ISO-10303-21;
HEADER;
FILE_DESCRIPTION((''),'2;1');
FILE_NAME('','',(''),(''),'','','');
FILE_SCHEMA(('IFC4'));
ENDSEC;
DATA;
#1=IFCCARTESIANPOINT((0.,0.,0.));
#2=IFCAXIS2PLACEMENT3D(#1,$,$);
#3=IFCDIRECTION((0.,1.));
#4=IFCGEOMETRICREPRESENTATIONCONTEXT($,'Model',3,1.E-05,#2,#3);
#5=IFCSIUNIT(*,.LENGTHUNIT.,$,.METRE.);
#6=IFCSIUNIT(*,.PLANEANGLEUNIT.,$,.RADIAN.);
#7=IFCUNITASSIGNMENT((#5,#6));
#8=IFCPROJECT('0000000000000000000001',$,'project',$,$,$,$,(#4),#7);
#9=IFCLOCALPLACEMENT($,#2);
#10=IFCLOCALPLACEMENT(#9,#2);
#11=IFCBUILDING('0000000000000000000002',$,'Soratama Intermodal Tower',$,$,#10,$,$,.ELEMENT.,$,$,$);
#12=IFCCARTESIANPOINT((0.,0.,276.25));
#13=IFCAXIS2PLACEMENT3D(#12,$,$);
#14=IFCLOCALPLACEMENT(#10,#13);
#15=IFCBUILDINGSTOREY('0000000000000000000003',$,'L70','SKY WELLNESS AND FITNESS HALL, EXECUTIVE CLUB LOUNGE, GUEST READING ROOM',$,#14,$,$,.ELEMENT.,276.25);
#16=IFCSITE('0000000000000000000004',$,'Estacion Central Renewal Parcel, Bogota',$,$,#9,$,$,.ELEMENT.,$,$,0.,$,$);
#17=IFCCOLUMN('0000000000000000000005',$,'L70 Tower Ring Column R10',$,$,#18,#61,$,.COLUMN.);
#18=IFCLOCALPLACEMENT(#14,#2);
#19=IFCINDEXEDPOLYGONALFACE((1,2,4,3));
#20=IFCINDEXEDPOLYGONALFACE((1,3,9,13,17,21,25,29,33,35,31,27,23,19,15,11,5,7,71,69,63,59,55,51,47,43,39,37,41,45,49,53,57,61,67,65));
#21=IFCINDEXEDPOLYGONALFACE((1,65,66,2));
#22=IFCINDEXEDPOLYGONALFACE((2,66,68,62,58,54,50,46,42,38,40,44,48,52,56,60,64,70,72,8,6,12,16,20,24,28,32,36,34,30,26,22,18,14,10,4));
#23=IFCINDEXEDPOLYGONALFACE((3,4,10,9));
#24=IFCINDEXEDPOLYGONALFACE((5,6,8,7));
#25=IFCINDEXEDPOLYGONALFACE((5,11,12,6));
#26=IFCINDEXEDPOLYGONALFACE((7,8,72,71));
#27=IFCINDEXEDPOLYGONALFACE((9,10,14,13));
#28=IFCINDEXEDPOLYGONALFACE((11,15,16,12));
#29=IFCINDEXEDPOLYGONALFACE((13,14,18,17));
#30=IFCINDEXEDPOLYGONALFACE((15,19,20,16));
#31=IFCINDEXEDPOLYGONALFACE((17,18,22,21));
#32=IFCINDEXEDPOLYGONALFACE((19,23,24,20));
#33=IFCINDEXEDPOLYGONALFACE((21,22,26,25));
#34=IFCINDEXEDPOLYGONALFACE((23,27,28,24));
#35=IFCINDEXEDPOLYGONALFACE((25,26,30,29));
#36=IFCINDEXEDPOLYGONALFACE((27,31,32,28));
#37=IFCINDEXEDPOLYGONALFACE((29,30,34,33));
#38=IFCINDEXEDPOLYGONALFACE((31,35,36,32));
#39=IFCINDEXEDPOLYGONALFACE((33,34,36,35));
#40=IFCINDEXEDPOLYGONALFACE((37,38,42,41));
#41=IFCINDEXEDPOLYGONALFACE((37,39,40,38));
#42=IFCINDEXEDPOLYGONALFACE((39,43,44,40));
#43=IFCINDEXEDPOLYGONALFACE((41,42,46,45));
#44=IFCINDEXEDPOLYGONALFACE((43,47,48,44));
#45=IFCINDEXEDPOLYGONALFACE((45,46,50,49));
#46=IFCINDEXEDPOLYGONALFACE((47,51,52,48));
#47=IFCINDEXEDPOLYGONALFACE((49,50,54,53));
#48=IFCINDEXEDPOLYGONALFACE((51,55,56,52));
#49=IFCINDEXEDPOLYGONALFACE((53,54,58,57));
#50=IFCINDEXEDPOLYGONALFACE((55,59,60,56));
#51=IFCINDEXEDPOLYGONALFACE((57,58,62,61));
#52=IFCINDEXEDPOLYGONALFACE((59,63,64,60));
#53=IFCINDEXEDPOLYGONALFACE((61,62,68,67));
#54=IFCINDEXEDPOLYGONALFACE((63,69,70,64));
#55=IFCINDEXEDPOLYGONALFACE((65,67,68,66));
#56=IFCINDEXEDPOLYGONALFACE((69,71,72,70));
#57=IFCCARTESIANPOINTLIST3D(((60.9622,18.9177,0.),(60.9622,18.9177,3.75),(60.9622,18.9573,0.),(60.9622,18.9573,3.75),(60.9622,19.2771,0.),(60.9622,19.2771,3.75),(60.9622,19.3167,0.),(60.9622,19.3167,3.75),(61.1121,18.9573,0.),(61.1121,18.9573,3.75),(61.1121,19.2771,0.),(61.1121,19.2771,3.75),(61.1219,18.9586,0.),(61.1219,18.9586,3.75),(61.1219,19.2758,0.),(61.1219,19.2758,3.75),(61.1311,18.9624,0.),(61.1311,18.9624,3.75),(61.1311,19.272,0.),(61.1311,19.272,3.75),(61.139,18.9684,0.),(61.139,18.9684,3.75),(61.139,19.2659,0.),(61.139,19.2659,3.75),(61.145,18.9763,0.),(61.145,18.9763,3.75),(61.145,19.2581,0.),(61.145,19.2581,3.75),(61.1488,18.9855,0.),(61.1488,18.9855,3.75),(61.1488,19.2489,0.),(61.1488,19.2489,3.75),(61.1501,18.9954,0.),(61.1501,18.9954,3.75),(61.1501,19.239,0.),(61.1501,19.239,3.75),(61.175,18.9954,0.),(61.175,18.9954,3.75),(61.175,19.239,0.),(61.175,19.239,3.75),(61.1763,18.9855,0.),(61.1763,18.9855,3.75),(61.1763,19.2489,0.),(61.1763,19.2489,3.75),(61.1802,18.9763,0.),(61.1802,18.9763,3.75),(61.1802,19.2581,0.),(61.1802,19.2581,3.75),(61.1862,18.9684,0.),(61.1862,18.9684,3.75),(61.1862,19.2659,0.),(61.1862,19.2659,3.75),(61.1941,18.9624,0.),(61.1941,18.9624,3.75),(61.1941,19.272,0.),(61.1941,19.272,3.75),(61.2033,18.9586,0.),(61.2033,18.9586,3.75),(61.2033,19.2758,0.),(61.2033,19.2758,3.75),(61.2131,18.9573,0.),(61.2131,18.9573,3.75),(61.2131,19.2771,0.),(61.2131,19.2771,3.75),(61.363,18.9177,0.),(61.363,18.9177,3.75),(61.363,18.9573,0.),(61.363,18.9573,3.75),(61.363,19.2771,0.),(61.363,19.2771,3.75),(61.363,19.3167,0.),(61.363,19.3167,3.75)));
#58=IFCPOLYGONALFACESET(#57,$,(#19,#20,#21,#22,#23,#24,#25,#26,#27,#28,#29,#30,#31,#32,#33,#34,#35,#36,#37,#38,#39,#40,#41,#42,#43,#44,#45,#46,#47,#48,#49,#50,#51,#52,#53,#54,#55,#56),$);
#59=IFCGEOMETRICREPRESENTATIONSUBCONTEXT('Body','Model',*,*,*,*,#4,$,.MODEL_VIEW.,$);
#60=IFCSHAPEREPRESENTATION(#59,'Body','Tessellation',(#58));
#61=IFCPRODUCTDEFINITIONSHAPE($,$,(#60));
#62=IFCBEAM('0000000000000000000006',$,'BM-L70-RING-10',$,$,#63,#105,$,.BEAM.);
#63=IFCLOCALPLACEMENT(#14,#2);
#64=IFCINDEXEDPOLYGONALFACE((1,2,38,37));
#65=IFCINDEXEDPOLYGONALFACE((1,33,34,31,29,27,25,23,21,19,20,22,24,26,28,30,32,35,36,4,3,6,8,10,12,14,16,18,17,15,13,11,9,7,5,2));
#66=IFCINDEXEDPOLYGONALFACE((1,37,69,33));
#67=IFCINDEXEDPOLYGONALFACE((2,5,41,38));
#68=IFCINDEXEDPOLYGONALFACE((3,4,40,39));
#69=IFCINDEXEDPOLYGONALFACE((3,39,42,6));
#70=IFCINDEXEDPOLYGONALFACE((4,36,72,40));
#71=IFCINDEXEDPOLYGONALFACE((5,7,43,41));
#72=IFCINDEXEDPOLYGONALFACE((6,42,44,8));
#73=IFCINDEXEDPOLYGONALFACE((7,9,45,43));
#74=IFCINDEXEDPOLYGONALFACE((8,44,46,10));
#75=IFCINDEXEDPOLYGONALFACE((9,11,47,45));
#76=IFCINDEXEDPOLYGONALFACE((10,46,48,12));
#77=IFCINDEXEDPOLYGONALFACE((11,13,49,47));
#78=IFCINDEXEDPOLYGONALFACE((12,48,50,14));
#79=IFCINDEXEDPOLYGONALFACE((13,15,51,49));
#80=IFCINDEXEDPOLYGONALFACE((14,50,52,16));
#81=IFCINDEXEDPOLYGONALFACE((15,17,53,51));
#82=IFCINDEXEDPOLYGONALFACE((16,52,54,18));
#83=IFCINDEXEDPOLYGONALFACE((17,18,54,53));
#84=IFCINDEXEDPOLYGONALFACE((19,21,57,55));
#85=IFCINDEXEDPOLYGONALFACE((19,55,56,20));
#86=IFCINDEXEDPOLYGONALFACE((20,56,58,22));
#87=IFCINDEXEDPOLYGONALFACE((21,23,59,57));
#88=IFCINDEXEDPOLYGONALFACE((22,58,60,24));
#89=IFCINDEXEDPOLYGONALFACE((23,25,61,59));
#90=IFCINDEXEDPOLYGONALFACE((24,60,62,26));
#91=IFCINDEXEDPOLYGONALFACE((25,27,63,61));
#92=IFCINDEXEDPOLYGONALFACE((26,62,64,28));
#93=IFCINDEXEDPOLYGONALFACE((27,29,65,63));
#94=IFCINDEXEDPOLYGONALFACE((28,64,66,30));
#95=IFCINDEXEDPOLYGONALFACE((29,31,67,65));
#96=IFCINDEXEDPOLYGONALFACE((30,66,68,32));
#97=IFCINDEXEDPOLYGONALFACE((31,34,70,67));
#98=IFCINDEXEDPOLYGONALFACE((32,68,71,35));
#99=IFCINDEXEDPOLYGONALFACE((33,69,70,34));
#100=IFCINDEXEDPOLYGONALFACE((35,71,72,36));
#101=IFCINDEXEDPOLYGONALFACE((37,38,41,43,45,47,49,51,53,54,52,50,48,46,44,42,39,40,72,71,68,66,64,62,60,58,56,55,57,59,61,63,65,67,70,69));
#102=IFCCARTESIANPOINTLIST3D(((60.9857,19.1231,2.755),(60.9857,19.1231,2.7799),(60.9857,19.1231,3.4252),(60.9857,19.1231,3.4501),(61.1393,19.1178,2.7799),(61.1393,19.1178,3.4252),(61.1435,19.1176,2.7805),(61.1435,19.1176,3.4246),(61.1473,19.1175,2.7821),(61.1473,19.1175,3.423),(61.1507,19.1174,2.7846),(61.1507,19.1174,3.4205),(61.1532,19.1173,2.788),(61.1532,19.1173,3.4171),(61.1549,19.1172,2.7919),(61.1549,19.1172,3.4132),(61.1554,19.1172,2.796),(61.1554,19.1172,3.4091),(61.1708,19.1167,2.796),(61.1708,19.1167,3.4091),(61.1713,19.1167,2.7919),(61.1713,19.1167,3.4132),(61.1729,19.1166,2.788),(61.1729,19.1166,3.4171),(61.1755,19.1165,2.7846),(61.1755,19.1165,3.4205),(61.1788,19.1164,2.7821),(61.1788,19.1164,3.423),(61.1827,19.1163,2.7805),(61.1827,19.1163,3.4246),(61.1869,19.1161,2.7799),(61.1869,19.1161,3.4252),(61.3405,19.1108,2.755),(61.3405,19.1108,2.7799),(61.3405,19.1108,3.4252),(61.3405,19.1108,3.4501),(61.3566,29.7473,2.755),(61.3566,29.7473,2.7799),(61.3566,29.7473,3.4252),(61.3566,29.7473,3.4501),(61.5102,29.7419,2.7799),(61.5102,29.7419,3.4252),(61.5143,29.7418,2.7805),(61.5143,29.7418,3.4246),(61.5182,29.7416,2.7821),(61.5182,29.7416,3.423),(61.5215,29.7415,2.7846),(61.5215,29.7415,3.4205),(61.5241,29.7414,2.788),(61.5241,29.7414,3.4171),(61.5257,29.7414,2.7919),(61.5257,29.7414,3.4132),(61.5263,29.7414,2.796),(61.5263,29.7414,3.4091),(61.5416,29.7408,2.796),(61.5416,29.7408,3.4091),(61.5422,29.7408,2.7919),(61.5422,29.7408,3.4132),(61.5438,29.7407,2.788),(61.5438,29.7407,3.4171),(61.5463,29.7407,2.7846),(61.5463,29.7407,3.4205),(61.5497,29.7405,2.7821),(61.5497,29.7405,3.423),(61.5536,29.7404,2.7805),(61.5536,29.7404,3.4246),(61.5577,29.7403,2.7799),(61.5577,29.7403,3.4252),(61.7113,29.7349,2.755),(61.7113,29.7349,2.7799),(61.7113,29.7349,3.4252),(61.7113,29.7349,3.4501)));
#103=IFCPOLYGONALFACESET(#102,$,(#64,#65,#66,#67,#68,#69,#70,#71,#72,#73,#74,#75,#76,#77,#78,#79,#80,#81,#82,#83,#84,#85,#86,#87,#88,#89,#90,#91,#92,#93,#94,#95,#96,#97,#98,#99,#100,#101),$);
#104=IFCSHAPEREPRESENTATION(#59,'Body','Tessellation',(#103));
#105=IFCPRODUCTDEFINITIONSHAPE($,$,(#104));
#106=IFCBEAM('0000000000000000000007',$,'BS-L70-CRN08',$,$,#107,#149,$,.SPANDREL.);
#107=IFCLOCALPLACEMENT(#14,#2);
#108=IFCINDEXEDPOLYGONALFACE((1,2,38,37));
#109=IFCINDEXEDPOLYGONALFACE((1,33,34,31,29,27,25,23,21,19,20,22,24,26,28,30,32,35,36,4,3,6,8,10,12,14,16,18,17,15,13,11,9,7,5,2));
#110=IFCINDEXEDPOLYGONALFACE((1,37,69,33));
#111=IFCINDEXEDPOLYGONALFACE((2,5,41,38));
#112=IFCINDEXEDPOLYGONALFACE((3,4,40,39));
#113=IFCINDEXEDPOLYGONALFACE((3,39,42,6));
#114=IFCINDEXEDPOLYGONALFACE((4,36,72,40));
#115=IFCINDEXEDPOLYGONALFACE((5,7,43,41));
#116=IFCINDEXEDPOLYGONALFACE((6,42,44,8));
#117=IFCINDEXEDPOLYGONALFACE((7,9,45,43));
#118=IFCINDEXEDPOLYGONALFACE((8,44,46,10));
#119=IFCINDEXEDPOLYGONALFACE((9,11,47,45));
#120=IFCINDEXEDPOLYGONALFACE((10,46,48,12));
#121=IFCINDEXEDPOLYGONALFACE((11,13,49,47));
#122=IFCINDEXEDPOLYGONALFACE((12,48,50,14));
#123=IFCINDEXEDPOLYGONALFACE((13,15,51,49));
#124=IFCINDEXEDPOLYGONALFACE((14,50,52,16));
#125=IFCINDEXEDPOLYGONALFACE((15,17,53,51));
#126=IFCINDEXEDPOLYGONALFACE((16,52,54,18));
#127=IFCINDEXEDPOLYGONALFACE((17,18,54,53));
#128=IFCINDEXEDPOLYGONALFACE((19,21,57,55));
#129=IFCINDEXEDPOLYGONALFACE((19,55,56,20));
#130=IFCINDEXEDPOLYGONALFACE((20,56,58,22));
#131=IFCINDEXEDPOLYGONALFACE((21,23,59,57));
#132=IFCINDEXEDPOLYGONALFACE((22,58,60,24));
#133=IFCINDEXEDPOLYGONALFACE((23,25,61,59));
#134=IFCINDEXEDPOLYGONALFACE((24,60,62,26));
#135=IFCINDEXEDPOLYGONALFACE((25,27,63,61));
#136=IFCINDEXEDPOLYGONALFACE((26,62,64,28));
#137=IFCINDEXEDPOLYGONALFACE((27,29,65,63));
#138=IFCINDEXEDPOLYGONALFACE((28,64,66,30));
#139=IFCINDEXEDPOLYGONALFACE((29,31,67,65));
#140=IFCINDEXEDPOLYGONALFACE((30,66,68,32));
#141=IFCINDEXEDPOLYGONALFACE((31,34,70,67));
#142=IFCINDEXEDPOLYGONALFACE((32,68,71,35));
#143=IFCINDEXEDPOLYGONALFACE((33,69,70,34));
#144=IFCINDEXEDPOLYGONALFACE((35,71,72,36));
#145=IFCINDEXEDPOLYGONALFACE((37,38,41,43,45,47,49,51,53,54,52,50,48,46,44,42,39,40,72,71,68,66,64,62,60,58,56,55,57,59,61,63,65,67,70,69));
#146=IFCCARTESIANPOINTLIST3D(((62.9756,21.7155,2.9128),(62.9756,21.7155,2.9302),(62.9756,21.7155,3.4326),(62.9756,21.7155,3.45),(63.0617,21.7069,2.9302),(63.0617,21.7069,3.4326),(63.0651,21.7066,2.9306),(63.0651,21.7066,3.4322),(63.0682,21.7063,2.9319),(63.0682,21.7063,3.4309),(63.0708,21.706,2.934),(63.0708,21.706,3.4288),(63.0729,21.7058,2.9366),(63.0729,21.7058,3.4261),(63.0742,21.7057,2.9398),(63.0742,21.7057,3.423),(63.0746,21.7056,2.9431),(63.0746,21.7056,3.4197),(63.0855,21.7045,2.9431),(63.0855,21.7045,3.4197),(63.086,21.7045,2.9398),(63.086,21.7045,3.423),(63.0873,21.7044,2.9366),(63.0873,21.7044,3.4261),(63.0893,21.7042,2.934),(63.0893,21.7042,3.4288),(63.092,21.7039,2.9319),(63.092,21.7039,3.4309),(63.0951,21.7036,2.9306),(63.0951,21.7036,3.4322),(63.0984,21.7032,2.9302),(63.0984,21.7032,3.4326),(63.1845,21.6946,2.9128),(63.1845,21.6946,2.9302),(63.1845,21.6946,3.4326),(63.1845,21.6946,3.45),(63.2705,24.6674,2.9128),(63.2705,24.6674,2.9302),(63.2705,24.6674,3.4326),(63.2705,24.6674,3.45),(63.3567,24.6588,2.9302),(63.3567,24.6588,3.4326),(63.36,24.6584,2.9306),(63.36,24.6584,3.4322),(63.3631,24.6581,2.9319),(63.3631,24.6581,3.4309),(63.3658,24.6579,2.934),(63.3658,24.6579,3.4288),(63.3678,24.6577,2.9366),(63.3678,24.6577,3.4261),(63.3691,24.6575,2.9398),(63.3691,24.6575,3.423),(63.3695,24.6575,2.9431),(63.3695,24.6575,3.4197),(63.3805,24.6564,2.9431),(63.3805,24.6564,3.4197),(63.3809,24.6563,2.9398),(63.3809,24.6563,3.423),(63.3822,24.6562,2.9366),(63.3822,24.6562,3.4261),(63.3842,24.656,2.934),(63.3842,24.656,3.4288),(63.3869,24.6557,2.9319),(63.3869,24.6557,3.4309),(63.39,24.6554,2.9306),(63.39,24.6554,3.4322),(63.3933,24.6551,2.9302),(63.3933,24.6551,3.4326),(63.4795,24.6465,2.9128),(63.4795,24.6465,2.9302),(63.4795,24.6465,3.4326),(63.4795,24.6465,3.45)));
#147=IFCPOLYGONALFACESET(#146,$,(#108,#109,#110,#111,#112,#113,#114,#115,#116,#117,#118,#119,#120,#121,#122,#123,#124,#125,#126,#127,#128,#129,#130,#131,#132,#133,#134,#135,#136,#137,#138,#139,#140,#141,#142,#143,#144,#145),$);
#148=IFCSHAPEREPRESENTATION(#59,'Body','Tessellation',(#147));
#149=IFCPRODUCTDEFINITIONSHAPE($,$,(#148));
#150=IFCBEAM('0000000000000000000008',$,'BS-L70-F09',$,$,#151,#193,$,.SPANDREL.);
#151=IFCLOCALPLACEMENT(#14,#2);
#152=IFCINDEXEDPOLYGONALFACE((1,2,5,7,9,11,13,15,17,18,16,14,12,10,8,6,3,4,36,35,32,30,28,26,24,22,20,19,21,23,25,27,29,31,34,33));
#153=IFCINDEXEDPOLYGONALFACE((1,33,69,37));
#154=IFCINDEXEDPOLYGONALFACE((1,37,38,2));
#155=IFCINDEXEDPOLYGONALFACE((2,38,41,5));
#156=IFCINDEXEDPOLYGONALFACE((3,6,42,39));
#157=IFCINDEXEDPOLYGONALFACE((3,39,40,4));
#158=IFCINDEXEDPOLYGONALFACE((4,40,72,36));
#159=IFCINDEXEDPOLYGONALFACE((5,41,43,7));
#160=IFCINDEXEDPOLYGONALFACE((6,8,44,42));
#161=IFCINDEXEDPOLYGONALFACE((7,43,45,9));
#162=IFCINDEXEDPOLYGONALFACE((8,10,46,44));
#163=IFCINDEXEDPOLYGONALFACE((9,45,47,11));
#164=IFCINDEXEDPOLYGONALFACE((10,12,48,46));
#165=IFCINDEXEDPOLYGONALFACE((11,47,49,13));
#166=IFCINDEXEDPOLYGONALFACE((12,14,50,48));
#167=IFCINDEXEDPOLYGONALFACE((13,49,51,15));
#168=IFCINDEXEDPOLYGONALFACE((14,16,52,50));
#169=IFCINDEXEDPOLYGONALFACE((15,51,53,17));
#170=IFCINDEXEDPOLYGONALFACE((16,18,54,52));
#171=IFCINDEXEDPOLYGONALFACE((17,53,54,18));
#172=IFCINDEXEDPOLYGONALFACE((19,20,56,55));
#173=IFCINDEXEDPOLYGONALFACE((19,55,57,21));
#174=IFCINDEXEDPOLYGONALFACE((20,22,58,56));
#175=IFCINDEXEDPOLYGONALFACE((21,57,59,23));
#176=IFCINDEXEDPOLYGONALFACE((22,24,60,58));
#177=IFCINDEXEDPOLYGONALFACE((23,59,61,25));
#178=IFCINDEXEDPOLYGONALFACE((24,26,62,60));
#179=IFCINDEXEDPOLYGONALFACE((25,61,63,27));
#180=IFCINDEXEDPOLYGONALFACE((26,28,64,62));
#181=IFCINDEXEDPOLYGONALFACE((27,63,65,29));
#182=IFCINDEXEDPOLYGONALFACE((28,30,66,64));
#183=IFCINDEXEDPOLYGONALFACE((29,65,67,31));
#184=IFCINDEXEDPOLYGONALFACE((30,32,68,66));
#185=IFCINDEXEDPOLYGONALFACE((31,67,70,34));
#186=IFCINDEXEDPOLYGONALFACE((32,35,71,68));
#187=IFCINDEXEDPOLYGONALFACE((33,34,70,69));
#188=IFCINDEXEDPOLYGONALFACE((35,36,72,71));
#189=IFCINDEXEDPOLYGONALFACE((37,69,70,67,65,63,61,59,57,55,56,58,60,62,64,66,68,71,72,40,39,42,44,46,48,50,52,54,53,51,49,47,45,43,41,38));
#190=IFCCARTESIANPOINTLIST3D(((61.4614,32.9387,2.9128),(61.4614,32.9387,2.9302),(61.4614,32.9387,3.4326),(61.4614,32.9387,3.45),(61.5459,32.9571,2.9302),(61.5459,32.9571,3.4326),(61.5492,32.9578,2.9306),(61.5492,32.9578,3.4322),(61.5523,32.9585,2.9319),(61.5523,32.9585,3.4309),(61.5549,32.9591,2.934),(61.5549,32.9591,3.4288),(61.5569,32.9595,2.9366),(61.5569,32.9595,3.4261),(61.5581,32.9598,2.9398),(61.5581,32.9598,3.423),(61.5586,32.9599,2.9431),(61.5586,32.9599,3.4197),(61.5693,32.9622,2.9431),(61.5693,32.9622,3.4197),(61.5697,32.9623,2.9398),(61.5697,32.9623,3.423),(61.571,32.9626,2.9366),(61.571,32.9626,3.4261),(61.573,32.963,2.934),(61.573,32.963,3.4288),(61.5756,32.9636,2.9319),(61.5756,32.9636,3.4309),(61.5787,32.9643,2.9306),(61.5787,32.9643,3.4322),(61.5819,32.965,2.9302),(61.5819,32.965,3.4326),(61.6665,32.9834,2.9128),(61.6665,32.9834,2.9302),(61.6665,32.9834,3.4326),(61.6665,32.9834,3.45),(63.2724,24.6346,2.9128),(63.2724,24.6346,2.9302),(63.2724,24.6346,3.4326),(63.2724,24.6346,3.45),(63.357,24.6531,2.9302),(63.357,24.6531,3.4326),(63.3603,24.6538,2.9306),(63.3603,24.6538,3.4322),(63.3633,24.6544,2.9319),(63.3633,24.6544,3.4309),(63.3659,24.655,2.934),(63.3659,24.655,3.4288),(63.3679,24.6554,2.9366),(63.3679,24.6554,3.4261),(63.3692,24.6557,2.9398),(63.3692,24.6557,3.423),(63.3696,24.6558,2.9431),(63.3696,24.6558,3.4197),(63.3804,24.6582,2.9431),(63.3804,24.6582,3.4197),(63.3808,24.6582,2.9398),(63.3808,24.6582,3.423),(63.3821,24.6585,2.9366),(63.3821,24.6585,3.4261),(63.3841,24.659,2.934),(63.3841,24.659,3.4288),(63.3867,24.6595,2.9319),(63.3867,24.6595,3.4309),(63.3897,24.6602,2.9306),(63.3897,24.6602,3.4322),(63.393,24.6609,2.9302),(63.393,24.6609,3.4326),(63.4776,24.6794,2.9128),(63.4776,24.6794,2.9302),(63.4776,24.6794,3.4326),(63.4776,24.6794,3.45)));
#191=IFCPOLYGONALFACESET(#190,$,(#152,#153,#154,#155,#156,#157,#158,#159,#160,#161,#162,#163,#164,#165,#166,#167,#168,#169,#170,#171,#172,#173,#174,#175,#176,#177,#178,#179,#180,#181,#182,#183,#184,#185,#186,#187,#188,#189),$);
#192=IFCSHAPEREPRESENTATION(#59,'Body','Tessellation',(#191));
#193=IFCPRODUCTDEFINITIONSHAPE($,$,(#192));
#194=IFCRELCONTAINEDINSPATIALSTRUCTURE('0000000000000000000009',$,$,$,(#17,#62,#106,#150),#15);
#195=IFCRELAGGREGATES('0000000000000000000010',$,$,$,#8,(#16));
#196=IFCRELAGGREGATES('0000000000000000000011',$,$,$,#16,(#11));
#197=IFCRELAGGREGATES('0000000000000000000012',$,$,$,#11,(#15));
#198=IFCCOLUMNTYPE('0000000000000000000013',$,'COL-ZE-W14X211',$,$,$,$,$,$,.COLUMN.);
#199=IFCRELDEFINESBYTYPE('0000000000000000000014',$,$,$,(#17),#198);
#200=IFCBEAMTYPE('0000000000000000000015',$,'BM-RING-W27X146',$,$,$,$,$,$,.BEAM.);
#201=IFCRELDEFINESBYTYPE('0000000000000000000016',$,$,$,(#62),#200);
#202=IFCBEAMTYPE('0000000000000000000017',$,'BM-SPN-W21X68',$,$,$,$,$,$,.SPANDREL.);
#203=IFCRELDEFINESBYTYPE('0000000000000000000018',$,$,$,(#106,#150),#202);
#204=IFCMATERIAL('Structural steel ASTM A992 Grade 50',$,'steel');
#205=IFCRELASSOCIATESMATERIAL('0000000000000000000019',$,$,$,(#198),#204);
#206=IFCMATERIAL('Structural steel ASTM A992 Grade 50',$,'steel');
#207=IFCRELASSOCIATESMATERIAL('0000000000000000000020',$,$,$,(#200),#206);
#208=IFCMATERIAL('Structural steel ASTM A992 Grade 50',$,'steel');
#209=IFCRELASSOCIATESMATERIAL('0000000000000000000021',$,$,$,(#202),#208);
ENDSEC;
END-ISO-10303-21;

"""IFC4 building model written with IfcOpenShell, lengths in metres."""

from ifc_helpers import new_model, si_unit, direction, frame, origin, origin_2d, place, context, subcontext, project, spatial, i_section, extrude, material, material_profile, profile_set, type_object, element, save


model = new_model("IFC4")

# Units and contexts
model_context = context("Model", 3, precision=1e-05, world=origin(), true_north=direction((0.0, 1.0)))
body_context = subcontext(model_context, "Body", "Model", "MODEL_VIEW")
ifc_project = project(units=[si_unit("LENGTHUNIT", "METRE"), si_unit("PLANEANGLEUNIT", "RADIAN")], contexts=[model_context])

# Site, building, storey
site_placement = place(None, origin())
site = spatial("IfcSite", under=ifc_project, at=site_placement, Name="Estacion Central Renewal Parcel, Bogota", CompositionType="ELEMENT", RefElevation=0.0)
building_placement = place(site_placement, origin())
building = spatial("IfcBuilding", under=site, at=building_placement, Name="Soratama Intermodal Tower", CompositionType="ELEMENT")
storey_placement = place(building_placement, frame((0.0, 0.0, 276.25)))
storey = spatial("IfcBuildingStorey", under=building, at=storey_placement, Name="L70", Description="SKY WELLNESS AND FITNESS HALL, EXECUTIVE CLUB LOUNGE, GUEST READING ROOM", CompositionType="ELEMENT", Elevation=276.25)

# Column
ifc_material_1 = material(Name="Structural steel ASTM A992 Grade 50", Category="steel")
ifc_material_profile_1 = material_profile(ifc_material_1, i_section(OverallWidth=0.4009, OverallDepth=0.3989, WebThickness=0.0249, FlangeThickness=0.0396, FilletRadius=0.0381, at=origin_2d()), Name="W14X211")
ifc_profile_set_1 = profile_set([ifc_material_profile_1], Name="Structural steel ASTM A992 Grade 50")
column_type = type_object("IfcColumnType", Name="COL-ZE-W14X211", PredefinedType="COLUMN", material=ifc_profile_set_1)
column_placement = place(storey_placement, frame((61.1626, 19.1172, 0.0), z_axis=(0.0, 0.0, 1.0), x_axis=(1.0, 0.0, 0.0)))
element("IfcColumn", 1, at=column_placement, inside=storey, type_object=column_type, Name="L70 Tower Ring Column R10", PredefinedType="COLUMN", context=body_context, shape_type="SweptSolid", body=[
    extrude(i_section(OverallWidth=0.4009, OverallDepth=0.3989, WebThickness=0.0249, FlangeThickness=0.0396, FilletRadius=0.0381, at=origin_2d()), origin(), (0.0, 0.0, 1.0), 3.75),
])

# Beams
ifc_material_2 = material(Name="Structural steel ASTM A992 Grade 50", Category="steel")
ifc_material_profile_2 = material_profile(ifc_material_2, i_section(OverallWidth=0.355, OverallDepth=0.6951, WebThickness=0.0154, FlangeThickness=0.0249, FilletRadius=0.0161, at=origin_2d()), Name="W27X146")
ifc_profile_set_2 = profile_set([ifc_material_profile_2], Name="Structural steel ASTM A992 Grade 50")
beam_type_1 = type_object("IfcBeamType", Name="BM-RING-W27X146", PredefinedType="BEAM", material=ifc_profile_set_2)
beam_1_placement = place(storey_placement, frame((61.1631, 19.1169, 3.1025), z_axis=(0.034885, 0.999391, 0.0), x_axis=(-0.999391, 0.034885, 0.0)))
element("IfcBeam", 2, at=beam_1_placement, inside=storey, type_object=beam_type_1, Name="BM-L70-RING-10", PredefinedType="BEAM", context=body_context, shape_type="SweptSolid", body=[
    extrude(i_section(OverallWidth=0.355, OverallDepth=0.6951, WebThickness=0.0154, FlangeThickness=0.0249, FilletRadius=0.0161, at=origin_2d()), origin(), (0.0, 0.0, 1.0), 10.6306),
])
ifc_material_3 = material(Name="Structural steel ASTM A992 Grade 50", Category="steel")
ifc_material_profile_3 = material_profile(ifc_material_3, i_section(OverallWidth=0.21, OverallDepth=0.5371, WebThickness=0.011, FlangeThickness=0.0173, FilletRadius=0.0129, at=origin_2d()), Name="W21X68")
ifc_profile_set_3 = profile_set([ifc_material_profile_3], Name="Structural steel ASTM A992 Grade 50")
beam_type_2 = type_object("IfcBeamType", Name="BM-SPN-W21X68", PredefinedType="SPANDREL", material=ifc_profile_set_3)
beam_2_placement = place(storey_placement, frame((63.0801, 21.7051, 3.1814), z_axis=(0.099414, 0.995046, 0.0), x_axis=(-0.995046, 0.099414, 0.0)))
element("IfcBeam", 3, at=beam_2_placement, inside=storey, type_object=beam_type_2, Name="BS-L70-CRN08", PredefinedType="SPANDREL", context=body_context, shape_type="SweptSolid", body=[
    extrude(i_section(OverallWidth=0.21, OverallDepth=0.5371, WebThickness=0.011, FlangeThickness=0.0173, FilletRadius=0.0129, at=origin_2d()), origin(), (0.0, 0.0, 1.0), 2.9666),
])
beam_3_placement = place(storey_placement, frame((63.375, 24.657, 3.1814), z_axis=(-0.213084, 0.977034, 0.0), x_axis=(-0.977034, -0.213084, 0.0)))
element("IfcBeam", 4, at=beam_3_placement, inside=storey, type_object=beam_type_2, Name="BS-L70-F09", PredefinedType="SPANDREL", context=body_context, shape_type="SweptSolid", body=[
    extrude(i_section(OverallWidth=0.21, OverallDepth=0.5371, WebThickness=0.011, FlangeThickness=0.0173, FilletRadius=0.0129, at=origin_2d()), origin(), (0.0, 0.0, 1.0), 8.4993),
])

save(model, "model.ifc")
